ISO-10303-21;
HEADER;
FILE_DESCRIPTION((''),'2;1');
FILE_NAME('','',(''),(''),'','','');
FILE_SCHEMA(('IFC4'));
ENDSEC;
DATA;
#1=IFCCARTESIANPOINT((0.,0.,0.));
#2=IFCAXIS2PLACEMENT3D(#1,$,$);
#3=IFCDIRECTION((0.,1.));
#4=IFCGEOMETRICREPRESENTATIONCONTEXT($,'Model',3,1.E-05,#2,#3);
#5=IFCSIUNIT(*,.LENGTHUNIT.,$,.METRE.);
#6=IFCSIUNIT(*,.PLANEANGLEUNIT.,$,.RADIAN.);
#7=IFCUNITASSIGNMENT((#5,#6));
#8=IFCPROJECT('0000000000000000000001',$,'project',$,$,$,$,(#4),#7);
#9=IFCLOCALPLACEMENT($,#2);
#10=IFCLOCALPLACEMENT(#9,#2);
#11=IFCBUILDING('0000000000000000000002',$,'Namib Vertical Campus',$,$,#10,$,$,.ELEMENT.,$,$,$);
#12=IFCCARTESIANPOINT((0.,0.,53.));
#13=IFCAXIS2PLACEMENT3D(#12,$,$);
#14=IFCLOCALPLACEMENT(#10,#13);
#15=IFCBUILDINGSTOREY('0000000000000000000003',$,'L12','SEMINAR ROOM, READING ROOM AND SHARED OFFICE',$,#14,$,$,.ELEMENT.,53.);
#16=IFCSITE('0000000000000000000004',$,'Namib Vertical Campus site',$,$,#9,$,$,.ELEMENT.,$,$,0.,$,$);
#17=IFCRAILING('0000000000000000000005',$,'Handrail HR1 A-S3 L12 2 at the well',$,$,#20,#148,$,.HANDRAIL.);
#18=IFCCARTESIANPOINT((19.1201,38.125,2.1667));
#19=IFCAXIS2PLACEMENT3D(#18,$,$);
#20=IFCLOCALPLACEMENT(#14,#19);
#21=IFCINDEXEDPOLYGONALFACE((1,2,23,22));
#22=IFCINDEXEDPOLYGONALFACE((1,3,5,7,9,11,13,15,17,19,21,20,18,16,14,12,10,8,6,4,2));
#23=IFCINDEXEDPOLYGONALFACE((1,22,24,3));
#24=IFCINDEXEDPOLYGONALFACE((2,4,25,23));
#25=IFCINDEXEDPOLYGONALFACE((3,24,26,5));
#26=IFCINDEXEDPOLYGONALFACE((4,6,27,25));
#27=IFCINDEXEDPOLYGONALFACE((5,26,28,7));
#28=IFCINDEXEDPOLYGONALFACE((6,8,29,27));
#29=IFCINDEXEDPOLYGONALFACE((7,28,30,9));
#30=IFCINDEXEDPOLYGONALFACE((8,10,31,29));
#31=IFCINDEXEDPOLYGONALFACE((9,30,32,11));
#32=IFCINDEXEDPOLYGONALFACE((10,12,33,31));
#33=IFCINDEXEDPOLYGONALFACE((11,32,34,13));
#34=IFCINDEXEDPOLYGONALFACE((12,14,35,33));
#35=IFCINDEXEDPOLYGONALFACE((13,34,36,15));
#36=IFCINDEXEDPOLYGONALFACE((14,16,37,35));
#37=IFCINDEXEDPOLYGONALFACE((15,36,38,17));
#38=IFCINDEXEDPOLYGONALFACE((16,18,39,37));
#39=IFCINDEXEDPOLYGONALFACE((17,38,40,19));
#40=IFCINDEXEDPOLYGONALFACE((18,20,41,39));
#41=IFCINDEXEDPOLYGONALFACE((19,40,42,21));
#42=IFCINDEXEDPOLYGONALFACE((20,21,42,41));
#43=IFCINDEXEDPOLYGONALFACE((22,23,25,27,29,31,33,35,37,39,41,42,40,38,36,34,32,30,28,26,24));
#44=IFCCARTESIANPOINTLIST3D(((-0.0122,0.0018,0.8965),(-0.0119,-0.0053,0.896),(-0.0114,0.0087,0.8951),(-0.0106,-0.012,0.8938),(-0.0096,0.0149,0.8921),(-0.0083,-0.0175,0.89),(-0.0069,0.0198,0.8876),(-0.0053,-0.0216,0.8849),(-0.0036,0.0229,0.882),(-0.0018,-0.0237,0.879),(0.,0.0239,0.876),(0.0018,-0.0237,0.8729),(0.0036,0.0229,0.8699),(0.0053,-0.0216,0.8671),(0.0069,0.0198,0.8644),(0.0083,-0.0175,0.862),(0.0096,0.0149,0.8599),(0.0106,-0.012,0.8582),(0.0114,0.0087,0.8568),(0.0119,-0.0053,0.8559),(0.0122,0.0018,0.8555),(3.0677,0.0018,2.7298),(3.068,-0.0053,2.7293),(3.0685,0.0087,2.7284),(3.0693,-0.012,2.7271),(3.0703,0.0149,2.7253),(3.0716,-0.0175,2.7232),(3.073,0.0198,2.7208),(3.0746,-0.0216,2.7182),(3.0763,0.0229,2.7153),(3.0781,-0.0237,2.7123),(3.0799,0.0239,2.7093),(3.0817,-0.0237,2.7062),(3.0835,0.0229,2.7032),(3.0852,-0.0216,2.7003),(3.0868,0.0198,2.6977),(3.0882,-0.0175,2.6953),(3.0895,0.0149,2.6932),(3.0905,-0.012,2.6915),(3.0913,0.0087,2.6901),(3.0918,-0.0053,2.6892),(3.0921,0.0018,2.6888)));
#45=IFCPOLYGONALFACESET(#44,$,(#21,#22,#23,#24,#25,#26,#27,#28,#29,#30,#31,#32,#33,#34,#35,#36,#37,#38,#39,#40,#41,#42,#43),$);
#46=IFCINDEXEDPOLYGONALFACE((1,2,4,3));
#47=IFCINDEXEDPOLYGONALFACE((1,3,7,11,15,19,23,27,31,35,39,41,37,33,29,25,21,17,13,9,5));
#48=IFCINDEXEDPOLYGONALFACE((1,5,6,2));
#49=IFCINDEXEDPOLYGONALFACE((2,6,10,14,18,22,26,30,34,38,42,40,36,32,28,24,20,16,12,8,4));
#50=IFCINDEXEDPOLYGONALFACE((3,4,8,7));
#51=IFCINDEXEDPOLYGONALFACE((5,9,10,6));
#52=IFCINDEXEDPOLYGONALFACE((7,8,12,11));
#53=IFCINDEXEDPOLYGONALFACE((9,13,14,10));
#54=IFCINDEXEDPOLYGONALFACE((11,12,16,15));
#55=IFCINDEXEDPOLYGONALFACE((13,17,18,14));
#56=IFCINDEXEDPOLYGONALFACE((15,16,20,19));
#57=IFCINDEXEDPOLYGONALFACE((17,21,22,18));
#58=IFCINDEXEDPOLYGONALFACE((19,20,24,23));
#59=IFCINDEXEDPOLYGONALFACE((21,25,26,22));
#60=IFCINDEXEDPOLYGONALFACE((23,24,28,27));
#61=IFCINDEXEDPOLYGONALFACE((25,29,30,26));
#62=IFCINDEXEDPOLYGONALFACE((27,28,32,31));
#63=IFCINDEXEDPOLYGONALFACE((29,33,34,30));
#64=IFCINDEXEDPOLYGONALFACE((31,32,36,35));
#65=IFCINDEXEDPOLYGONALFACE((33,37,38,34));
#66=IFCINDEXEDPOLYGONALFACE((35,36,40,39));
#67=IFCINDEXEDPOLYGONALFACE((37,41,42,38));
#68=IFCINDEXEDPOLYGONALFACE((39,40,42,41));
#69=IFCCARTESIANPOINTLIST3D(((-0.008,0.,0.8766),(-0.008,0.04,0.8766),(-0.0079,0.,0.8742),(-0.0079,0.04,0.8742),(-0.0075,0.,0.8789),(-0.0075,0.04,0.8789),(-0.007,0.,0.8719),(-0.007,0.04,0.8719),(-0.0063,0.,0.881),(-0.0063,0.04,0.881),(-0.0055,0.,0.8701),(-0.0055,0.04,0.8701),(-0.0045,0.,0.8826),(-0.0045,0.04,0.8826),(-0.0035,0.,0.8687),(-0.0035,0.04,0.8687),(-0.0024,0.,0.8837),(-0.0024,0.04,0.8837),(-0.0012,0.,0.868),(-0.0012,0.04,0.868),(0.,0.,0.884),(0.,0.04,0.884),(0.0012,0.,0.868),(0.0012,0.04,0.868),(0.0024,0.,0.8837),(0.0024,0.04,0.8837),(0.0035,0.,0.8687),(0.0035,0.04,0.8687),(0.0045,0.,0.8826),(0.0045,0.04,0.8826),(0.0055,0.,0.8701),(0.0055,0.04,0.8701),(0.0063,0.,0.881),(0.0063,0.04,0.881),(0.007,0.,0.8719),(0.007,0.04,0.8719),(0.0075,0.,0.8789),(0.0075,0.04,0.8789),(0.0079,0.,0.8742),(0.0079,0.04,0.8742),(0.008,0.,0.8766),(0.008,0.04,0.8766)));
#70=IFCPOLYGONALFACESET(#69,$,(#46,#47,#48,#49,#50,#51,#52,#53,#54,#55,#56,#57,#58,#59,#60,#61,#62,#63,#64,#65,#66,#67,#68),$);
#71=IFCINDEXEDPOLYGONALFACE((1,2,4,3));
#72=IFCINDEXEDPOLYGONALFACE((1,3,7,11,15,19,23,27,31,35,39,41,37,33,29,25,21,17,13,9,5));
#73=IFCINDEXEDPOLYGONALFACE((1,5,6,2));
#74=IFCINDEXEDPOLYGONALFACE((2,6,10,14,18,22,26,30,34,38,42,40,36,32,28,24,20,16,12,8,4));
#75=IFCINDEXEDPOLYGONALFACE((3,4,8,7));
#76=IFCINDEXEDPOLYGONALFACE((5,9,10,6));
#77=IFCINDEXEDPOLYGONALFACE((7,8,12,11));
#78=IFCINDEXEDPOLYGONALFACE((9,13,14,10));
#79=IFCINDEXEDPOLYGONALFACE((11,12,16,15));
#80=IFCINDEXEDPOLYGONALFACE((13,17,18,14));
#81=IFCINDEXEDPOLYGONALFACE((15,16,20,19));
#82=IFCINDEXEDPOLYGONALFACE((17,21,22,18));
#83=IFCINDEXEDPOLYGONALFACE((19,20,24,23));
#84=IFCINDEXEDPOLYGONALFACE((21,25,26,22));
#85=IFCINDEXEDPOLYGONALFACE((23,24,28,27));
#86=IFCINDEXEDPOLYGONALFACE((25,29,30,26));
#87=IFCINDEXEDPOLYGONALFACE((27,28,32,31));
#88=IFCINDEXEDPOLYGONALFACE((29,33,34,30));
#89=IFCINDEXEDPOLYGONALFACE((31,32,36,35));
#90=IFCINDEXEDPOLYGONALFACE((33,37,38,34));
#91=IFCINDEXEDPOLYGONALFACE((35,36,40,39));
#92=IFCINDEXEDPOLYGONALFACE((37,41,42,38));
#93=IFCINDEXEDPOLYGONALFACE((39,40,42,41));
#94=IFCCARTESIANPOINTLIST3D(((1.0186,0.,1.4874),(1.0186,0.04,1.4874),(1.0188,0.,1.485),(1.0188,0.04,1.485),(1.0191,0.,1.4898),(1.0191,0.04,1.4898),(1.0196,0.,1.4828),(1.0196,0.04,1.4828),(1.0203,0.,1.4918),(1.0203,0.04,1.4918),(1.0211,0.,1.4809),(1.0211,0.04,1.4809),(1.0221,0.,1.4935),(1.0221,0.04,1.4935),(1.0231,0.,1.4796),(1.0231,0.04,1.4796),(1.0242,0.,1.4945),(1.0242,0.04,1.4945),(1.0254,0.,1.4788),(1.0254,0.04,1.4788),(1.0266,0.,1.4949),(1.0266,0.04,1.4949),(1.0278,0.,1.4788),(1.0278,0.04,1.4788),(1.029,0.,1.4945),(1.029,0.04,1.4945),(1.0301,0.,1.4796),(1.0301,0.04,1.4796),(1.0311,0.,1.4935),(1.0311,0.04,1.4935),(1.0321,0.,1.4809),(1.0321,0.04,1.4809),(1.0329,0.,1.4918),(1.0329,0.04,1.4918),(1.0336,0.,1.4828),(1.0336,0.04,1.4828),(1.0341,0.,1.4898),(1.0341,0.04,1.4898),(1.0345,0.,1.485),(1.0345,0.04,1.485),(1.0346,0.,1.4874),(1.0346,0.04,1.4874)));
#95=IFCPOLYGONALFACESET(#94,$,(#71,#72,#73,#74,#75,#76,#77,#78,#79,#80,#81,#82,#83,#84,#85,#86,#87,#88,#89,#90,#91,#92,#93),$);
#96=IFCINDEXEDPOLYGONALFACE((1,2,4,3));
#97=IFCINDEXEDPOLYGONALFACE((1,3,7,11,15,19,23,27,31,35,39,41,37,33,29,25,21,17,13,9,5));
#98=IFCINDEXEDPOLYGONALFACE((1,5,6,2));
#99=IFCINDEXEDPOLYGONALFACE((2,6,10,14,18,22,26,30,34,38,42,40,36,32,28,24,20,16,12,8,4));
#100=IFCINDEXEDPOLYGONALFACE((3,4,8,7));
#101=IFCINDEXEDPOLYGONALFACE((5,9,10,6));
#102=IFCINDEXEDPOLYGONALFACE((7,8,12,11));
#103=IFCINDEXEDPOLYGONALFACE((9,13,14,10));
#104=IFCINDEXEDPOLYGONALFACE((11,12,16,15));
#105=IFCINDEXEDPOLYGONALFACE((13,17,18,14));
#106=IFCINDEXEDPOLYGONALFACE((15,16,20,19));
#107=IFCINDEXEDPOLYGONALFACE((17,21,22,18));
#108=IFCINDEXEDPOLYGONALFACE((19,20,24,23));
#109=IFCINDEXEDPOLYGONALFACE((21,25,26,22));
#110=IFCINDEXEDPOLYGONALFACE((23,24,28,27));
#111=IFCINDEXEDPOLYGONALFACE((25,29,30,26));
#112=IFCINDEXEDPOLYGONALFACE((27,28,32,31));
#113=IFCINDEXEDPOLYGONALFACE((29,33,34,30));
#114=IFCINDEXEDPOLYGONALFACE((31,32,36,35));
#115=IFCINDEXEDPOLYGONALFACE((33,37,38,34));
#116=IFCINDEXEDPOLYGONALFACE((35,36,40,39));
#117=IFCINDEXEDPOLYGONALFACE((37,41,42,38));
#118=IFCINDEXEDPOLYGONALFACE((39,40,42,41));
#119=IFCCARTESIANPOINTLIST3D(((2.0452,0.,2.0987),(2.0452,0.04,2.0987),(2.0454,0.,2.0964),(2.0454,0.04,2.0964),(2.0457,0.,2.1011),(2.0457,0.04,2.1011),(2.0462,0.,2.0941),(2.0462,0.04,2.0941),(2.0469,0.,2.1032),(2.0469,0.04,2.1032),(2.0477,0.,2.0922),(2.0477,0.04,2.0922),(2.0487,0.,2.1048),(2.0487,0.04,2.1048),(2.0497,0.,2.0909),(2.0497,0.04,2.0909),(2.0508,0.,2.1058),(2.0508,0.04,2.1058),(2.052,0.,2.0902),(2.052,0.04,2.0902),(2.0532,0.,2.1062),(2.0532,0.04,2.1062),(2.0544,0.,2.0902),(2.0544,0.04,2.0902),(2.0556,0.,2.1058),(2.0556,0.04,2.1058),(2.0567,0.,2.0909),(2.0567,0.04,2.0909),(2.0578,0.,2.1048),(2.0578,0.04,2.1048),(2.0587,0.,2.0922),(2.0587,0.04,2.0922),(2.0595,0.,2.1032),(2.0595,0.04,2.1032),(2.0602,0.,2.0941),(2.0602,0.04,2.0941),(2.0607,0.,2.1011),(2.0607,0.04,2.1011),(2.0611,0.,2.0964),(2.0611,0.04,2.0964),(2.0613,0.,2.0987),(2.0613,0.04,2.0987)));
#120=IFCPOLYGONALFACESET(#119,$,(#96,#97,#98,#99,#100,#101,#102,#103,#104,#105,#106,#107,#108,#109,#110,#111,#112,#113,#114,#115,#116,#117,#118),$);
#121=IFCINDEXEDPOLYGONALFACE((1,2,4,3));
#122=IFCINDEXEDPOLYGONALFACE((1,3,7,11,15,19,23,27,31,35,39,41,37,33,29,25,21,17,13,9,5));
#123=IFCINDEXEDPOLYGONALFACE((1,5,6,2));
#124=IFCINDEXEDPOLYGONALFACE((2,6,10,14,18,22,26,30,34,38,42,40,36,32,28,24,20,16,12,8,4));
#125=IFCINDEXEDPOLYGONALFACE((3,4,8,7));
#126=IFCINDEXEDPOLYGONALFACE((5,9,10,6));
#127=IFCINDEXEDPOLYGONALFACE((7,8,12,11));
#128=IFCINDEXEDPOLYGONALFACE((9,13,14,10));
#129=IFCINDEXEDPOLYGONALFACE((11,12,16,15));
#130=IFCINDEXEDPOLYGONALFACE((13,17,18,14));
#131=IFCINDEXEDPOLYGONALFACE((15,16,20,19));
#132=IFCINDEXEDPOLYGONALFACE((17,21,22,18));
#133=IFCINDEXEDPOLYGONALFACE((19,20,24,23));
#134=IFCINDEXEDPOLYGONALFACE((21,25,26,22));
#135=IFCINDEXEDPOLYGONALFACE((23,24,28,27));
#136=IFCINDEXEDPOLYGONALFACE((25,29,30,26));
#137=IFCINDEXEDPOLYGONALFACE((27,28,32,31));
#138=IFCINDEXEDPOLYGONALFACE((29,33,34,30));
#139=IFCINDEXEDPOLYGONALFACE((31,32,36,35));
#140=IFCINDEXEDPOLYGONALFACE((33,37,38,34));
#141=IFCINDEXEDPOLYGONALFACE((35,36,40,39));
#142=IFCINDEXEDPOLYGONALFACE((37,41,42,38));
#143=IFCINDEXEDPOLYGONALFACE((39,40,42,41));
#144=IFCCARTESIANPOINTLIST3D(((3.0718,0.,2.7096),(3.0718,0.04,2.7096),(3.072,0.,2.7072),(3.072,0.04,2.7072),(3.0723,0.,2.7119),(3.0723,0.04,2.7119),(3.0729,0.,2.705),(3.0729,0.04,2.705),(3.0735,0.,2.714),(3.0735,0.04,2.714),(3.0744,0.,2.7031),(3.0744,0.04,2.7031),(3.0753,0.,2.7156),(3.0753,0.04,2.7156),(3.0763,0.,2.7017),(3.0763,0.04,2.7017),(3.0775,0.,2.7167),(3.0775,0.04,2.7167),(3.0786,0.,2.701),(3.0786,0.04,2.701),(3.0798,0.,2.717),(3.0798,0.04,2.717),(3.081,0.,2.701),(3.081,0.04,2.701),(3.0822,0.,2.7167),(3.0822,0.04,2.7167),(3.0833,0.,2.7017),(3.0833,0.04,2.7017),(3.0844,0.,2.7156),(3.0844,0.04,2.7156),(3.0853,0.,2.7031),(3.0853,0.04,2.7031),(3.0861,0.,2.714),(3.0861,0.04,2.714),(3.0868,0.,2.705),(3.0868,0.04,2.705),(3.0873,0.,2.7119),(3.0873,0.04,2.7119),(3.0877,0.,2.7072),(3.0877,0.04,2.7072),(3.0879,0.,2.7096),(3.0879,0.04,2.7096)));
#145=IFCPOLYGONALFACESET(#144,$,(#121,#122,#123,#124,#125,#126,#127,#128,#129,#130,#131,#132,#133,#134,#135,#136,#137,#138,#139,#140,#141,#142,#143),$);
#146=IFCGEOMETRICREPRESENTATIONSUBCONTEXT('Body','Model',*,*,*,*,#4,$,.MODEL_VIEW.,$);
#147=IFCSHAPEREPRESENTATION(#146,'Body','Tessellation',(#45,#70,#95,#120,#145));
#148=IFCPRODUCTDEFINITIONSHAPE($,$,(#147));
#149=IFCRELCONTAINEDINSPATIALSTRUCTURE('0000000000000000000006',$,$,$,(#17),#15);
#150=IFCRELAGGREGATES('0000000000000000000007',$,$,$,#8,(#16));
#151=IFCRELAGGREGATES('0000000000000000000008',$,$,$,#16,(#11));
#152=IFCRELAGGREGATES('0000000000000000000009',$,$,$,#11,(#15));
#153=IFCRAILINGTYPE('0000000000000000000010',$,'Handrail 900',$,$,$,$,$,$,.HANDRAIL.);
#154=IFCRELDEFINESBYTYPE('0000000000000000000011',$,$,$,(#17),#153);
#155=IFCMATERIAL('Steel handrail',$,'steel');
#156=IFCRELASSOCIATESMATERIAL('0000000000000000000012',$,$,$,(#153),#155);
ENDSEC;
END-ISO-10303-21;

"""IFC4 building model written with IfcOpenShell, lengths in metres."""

from ifc_helpers import new_model, si_unit, direction, frame, origin, origin_2d, place, context, subcontext, project, spatial, circle, extrude, material, type_object, element, save


model = new_model("IFC4")

# Units and contexts
model_context = context("Model", 3, precision=1e-05, world=origin(), true_north=direction((0.0, 1.0)))
body_context = subcontext(model_context, "Body", "Model", "MODEL_VIEW")
ifc_project = project(units=[si_unit("LENGTHUNIT", "METRE"), si_unit("PLANEANGLEUNIT", "RADIAN")], contexts=[model_context])

# Site, building, storey
site_placement = place(None, origin())
site = spatial("IfcSite", under=ifc_project, at=site_placement, Name="Namib Vertical Campus site", CompositionType="ELEMENT", RefElevation=0.0)
building_placement = place(site_placement, origin())
building = spatial("IfcBuilding", under=site, at=building_placement, Name="Namib Vertical Campus", CompositionType="ELEMENT")
storey_placement = place(building_placement, frame((0.0, 0.0, 53.0)))
storey = spatial("IfcBuildingStorey", under=building, at=storey_placement, Name="L12", Description="SEMINAR ROOM, READING ROOM AND SHARED OFFICE", CompositionType="ELEMENT", Elevation=53.0)

# Railing
ifc_material_1 = material(Name="Steel handrail", Category="steel")
railing_type = type_object("IfcRailingType", Name="Handrail 900", PredefinedType="HANDRAIL", material=ifc_material_1)
railing_1_placement = place(storey_placement, frame((19.1201, 38.125, 2.1667)))
element("IfcRailing", 1, at=railing_1_placement, inside=storey, type_object=railing_type, Name="Handrail HR1 A-S3 L12 2 at the well", PredefinedType="HANDRAIL", context=body_context, shape_type="SweptSolid", body=[
    extrude(circle(Radius=0.0239, at=origin_2d()), frame((0.0, 0.0, 0.876), z_axis=(0.859291, 0.0, 0.511487), x_axis=(0.0, 1.0, 0.0)), (0.0, 0.0, 1.0), 3.5842),
    extrude(circle(Radius=0.0081, at=origin_2d()), frame((0.0, 0.0, 0.876), z_axis=(0.0, 1.0, 0.0), x_axis=(0.0, 0.0, 1.0)), (0.0, 0.0, 1.0), 0.04),
    extrude(circle(Radius=0.0081, at=origin_2d()), frame((1.0266, 0.0, 1.4868), z_axis=(0.0, 1.0, 0.0), x_axis=(0.0, 0.0, 1.0)), (0.0, 0.0, 1.0), 0.04),
    extrude(circle(Radius=0.0081, at=origin_2d()), frame((2.0532, 0.0, 2.0981), z_axis=(0.0, 1.0, 0.0), x_axis=(0.0, 0.0, 1.0)), (0.0, 0.0, 1.0), 0.04),
    extrude(circle(Radius=0.0081, at=origin_2d()), frame((3.0798, 0.0, 2.709), z_axis=(0.0, 1.0, 0.0), x_axis=(0.0, 0.0, 1.0)), (0.0, 0.0, 1.0), 0.04),
])

save(model, "model.ifc")
